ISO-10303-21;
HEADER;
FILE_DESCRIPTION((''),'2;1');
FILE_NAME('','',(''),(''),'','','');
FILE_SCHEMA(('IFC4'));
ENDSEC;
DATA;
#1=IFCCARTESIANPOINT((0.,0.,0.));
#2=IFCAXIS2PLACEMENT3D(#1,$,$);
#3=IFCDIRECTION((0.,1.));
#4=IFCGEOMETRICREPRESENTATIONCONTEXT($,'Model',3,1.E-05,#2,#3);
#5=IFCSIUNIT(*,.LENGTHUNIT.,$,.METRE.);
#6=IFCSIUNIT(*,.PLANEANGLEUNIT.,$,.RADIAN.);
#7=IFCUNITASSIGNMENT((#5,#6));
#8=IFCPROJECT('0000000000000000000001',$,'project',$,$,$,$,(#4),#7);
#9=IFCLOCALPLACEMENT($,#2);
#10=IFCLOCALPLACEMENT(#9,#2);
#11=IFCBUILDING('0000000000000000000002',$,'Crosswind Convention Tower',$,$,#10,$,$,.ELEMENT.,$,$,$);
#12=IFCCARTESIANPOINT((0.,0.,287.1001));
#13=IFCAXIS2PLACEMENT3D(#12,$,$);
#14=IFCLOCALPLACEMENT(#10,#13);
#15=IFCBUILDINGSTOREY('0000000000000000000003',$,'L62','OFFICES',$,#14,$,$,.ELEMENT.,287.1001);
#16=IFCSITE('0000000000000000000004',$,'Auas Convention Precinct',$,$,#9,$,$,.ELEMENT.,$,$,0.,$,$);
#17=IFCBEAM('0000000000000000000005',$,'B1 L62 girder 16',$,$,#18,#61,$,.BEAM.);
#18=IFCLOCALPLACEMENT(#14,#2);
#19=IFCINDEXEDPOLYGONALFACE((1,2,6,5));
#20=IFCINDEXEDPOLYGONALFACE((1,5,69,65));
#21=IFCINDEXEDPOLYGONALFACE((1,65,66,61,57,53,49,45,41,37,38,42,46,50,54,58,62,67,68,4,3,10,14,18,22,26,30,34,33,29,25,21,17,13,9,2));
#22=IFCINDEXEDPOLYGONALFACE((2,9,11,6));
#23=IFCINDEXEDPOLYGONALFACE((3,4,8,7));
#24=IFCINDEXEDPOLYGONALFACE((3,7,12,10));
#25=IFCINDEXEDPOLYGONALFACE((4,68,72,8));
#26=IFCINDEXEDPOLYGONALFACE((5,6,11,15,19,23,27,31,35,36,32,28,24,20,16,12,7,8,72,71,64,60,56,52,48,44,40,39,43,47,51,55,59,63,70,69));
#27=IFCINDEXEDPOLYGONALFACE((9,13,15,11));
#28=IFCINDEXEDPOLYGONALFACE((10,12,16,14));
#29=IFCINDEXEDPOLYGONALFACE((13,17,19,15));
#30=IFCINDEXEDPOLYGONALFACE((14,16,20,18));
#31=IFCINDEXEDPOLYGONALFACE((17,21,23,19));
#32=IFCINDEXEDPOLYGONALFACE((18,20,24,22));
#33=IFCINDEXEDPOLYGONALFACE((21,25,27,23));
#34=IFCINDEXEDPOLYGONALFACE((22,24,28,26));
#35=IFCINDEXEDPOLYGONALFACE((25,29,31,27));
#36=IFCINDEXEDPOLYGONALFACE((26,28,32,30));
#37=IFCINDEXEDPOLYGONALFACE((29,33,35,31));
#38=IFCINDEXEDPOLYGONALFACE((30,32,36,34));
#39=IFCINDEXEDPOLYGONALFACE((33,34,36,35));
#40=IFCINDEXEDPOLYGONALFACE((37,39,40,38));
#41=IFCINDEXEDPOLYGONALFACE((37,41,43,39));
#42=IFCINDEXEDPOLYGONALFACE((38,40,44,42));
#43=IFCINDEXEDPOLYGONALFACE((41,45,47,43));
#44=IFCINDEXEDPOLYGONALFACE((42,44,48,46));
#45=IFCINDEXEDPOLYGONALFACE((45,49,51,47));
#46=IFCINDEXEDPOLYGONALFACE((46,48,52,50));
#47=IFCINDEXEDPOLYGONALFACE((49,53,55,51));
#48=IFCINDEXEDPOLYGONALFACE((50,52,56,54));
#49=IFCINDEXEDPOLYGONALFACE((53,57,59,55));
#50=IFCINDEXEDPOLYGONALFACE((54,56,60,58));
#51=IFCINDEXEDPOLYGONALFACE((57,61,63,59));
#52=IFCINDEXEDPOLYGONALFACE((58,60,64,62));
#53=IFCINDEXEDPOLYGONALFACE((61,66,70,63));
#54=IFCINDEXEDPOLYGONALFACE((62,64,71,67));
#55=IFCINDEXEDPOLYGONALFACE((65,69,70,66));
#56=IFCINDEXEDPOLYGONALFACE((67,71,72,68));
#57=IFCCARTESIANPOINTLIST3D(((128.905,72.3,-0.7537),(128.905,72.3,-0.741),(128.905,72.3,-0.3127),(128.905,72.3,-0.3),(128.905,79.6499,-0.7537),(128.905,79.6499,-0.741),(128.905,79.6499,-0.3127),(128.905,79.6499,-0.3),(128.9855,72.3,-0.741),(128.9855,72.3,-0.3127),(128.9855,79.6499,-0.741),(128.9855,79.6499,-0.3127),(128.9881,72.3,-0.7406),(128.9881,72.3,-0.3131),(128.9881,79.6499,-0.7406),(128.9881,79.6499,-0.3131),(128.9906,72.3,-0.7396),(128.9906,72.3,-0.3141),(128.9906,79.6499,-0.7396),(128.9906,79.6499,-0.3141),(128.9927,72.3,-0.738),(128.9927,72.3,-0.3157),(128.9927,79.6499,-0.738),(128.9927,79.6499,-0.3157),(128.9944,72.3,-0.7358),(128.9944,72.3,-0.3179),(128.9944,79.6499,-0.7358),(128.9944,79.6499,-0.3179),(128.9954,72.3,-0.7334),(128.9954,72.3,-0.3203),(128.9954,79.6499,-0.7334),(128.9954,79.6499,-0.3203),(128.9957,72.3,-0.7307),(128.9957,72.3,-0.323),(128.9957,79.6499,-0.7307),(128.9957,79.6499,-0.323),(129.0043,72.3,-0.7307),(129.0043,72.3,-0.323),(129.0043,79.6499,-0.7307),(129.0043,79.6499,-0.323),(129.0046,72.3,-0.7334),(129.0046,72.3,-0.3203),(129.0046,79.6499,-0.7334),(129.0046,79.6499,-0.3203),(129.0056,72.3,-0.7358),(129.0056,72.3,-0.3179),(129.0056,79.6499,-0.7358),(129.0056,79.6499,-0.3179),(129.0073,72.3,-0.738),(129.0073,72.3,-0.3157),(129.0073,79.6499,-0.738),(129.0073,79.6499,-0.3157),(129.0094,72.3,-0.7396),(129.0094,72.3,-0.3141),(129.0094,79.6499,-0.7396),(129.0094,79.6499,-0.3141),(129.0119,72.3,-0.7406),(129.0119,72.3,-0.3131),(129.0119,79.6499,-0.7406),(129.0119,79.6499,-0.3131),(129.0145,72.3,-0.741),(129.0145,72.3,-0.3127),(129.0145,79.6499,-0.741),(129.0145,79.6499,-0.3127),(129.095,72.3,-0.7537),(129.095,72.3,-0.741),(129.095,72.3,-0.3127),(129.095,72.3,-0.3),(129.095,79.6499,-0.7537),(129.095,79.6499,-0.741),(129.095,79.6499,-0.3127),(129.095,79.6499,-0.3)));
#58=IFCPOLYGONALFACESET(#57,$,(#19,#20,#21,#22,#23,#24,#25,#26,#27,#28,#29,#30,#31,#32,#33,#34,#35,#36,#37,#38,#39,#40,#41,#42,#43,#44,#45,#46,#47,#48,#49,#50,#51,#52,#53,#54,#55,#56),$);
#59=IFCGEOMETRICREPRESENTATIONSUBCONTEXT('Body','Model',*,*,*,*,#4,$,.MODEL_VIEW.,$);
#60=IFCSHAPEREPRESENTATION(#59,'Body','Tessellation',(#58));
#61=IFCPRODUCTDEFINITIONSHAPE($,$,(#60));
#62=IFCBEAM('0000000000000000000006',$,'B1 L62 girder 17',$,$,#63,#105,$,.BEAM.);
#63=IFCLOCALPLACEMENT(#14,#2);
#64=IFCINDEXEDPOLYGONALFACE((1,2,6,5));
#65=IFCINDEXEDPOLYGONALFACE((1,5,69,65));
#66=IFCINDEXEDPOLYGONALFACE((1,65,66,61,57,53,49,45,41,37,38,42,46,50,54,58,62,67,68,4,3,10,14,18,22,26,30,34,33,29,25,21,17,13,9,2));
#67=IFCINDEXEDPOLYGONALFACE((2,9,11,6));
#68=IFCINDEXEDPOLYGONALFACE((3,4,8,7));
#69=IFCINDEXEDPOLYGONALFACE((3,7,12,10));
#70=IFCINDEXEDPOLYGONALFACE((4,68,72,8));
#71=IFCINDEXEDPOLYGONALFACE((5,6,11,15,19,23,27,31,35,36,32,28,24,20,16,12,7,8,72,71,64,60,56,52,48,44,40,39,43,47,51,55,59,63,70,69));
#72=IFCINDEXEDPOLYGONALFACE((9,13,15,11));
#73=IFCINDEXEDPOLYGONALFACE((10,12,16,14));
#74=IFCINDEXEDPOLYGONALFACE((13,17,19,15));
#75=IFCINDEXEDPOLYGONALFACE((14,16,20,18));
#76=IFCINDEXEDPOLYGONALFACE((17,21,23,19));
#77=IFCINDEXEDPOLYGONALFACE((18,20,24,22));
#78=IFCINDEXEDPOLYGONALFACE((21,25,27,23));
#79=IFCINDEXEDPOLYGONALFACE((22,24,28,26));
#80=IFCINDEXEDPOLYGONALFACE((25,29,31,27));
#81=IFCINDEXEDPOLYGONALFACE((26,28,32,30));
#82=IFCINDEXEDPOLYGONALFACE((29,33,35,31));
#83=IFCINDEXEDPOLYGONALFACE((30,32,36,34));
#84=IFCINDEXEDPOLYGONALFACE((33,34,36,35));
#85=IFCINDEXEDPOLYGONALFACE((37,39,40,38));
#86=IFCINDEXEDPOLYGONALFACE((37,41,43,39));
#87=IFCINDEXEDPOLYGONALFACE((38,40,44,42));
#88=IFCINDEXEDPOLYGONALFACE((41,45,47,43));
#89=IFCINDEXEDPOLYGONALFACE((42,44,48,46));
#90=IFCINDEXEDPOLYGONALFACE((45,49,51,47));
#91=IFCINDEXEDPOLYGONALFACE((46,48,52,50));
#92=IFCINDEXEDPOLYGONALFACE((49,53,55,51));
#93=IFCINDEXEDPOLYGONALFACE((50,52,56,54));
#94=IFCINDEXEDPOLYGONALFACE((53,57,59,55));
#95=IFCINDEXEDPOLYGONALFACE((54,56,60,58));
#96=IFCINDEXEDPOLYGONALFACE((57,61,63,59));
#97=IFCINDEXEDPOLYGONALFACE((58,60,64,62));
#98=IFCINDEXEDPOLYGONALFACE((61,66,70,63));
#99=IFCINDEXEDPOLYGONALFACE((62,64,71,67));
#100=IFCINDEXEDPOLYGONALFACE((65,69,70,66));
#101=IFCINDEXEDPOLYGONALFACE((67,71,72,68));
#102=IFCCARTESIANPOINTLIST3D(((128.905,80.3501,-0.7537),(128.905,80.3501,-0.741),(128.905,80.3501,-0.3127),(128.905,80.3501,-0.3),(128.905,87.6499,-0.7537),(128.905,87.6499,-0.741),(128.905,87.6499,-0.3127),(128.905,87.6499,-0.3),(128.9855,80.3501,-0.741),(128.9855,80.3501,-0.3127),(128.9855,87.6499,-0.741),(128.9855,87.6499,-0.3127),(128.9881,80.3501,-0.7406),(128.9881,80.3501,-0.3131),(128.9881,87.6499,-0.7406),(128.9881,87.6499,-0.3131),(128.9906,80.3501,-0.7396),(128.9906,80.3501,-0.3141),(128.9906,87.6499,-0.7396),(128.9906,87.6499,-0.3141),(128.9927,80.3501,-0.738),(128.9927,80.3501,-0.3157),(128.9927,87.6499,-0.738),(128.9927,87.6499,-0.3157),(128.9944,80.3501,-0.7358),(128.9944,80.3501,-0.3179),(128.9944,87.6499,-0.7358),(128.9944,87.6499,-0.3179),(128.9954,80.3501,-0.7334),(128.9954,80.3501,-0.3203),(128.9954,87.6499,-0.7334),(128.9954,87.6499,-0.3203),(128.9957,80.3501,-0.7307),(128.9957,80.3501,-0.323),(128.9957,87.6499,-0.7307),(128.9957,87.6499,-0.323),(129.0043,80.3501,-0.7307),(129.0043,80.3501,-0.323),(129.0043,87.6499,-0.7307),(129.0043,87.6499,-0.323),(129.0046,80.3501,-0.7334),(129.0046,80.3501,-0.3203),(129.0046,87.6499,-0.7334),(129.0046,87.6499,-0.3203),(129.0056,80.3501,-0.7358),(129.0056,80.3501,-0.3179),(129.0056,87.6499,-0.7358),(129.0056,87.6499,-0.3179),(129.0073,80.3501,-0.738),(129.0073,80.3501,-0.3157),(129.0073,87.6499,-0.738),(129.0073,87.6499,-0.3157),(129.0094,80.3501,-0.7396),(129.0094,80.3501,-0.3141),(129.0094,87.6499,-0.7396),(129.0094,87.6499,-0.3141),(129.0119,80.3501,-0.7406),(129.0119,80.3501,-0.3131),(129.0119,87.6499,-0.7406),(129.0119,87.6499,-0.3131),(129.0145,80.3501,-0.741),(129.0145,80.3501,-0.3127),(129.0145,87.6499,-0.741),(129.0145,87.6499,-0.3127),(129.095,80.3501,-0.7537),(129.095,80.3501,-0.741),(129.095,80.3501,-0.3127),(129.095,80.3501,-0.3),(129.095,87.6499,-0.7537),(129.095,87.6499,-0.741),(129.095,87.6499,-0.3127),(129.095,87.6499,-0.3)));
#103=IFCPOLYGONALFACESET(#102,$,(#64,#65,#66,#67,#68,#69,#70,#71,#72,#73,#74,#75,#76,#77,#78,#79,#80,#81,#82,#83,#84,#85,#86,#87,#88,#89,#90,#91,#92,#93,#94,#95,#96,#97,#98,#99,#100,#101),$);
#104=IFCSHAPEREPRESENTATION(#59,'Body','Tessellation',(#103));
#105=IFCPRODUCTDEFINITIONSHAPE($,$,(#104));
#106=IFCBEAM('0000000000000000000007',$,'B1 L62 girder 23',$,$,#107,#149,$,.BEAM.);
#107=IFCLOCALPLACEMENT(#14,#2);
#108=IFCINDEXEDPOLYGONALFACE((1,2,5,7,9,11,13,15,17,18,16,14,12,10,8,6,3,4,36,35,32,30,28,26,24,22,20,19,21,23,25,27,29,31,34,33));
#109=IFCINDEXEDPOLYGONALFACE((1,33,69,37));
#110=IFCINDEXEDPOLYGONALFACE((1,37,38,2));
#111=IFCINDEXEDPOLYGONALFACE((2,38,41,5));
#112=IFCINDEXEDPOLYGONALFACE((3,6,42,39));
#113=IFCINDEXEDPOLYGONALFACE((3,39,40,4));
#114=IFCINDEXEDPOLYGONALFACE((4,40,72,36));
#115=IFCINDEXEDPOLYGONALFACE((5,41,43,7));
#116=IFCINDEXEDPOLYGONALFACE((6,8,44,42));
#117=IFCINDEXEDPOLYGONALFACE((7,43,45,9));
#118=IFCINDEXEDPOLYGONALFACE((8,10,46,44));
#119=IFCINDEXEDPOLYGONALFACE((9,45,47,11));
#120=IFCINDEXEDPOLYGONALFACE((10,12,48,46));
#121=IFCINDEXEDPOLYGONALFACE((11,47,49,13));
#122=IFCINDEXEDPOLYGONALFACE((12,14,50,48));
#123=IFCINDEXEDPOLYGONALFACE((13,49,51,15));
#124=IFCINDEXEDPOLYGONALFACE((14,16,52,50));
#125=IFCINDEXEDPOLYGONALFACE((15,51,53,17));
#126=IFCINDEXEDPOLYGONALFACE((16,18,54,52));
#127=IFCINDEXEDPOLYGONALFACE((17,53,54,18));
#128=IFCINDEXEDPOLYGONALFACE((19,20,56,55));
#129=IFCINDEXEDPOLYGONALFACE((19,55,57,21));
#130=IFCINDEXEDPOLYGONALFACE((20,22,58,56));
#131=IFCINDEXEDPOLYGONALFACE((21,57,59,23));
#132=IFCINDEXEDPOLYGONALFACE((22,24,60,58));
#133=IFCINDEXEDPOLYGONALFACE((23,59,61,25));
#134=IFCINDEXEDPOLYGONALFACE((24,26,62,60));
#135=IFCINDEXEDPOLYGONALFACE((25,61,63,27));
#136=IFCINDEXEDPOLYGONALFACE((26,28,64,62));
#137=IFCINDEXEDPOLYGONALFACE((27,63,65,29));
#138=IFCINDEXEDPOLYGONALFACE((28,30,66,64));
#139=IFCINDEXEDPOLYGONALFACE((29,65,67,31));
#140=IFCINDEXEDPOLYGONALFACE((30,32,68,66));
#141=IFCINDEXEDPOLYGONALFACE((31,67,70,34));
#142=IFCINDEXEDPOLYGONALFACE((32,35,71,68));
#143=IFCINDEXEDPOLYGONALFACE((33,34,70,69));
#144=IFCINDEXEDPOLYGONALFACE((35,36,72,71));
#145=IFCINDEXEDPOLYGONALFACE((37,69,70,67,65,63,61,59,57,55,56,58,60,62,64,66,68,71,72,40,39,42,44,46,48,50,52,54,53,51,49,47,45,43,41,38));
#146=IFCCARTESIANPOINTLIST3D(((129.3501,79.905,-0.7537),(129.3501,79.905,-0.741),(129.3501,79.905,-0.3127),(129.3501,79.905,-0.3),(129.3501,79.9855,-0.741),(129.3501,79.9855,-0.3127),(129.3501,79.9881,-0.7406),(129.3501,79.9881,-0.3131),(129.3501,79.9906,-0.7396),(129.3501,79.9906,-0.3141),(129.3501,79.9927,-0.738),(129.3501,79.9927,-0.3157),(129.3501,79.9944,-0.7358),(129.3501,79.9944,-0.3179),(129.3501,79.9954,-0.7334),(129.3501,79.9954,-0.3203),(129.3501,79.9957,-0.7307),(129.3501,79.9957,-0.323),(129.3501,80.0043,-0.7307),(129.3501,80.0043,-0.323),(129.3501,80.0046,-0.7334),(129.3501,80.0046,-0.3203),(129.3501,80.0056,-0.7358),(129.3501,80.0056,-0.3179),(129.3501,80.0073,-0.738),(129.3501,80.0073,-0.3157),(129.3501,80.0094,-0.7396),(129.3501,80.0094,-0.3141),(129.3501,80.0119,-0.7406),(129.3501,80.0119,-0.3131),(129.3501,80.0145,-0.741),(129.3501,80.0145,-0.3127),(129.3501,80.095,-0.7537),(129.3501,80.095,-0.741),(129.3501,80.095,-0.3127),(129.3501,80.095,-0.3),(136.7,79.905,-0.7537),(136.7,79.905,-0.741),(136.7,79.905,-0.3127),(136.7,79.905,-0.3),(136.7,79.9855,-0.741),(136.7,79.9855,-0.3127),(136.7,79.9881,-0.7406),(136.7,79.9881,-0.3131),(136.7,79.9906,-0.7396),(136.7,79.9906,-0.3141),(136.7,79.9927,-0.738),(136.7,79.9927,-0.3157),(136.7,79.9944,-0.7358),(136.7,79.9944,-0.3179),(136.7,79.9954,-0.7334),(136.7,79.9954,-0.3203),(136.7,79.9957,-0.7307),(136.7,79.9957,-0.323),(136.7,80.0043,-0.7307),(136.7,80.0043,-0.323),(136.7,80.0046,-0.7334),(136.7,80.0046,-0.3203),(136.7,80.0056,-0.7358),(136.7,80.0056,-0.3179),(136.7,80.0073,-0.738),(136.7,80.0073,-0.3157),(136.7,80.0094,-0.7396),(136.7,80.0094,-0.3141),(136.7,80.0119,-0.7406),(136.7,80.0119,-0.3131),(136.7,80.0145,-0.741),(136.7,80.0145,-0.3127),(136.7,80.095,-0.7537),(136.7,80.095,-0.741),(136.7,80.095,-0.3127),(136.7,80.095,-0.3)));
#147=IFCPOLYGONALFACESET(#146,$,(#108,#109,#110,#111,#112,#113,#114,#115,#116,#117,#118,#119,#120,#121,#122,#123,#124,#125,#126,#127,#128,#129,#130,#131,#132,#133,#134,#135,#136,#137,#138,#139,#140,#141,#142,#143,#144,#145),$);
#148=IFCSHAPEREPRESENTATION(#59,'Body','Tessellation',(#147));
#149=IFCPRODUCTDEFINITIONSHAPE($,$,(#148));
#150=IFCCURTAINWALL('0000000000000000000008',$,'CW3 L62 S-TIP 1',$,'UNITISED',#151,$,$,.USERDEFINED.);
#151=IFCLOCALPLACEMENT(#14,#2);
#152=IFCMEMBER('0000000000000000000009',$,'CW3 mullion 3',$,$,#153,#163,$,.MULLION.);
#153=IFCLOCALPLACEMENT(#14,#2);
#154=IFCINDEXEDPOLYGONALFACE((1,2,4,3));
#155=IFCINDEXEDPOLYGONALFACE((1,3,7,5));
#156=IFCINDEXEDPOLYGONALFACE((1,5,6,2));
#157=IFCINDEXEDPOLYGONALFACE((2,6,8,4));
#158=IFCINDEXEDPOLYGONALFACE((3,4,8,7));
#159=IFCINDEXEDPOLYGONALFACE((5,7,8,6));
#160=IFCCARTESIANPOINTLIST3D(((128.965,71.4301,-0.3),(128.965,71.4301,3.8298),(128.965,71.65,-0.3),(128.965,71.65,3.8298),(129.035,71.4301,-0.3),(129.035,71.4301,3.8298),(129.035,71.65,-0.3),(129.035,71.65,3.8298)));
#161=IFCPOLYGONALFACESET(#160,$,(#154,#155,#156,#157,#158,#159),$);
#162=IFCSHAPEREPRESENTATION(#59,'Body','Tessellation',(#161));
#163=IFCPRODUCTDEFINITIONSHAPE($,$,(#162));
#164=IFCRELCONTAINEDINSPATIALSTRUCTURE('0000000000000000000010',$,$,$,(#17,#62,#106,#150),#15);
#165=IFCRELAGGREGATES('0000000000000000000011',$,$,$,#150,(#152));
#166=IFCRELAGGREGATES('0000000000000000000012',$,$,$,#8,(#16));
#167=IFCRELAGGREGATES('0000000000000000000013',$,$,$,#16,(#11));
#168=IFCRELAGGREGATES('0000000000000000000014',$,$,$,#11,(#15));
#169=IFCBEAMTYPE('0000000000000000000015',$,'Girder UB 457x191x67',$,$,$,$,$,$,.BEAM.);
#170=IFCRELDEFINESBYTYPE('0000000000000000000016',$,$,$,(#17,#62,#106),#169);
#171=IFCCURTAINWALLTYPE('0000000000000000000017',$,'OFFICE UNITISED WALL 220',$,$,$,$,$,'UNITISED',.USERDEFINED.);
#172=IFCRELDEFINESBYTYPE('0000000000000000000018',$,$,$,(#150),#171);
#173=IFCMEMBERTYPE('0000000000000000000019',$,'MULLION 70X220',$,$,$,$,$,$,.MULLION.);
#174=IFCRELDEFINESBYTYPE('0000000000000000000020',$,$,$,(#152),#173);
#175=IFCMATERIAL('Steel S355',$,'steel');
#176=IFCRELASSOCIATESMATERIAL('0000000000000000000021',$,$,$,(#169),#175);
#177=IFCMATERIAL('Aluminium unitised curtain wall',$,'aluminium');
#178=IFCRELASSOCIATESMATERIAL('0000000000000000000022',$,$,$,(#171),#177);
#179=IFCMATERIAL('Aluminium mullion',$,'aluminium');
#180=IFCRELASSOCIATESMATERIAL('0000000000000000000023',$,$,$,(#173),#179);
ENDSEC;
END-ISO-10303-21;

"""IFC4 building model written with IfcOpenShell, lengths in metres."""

from ifc_helpers import new_model, si_unit, direction, frame, origin, origin_2d, place, context, subcontext, project, spatial, rectangle, i_section, extrude, material, material_profile, profile_set, type_object, element, aggregate, save


model = new_model("IFC4")

# Units and contexts
model_context = context("Model", 3, precision=1e-05, world=origin(), true_north=direction((0.0, 1.0)))
body_context = subcontext(model_context, "Body", "Model", "MODEL_VIEW")
ifc_project = project(units=[si_unit("LENGTHUNIT", "METRE"), si_unit("PLANEANGLEUNIT", "RADIAN")], contexts=[model_context])

# Site, building, storey
site_placement = place(None, origin())
site = spatial("IfcSite", under=ifc_project, at=site_placement, Name="Auas Convention Precinct", CompositionType="ELEMENT", RefElevation=0.0)
building_placement = place(site_placement, origin())
building = spatial("IfcBuilding", under=site, at=building_placement, Name="Crosswind Convention Tower", CompositionType="ELEMENT")
storey_placement = place(building_placement, frame((0.0, 0.0, 287.1001)))
storey = spatial("IfcBuildingStorey", under=building, at=storey_placement, Name="L62", Description="OFFICES", CompositionType="ELEMENT", Elevation=287.1001)

# Beams
ifc_material_1 = material(Name="Steel S355", Category="steel")
ifc_material_profile_1 = material_profile(ifc_material_1, i_section(OverallWidth=0.1899, OverallDepth=0.4536, WebThickness=0.0085, FlangeThickness=0.0127, FilletRadius=0.0103, at=origin_2d()), Name="UB 457x191x67")
ifc_profile_set_1 = profile_set([ifc_material_profile_1], Name="Steel S355")
beam_type_1 = type_object("IfcBeamType", Name="Girder UB 457x191x67", PredefinedType="BEAM", material=ifc_profile_set_1)
beam_1_placement = place(storey_placement, frame((129.0, 72.3, -0.5269), z_axis=(0.0, 1.0, 0.0), x_axis=(-1.0, 0.0, 0.0)))
element("IfcBeam", 1, at=beam_1_placement, inside=storey, type_object=beam_type_1, Name="B1 L62 girder 16", PredefinedType="BEAM", context=body_context, shape_type="SweptSolid", body=[
    extrude(i_section(OverallWidth=0.1899, OverallDepth=0.4536, WebThickness=0.0085, FlangeThickness=0.0127, FilletRadius=0.0103, at=origin_2d()), origin(), (0.0, 0.0, 1.0), 7.3499),
])
beam_2_placement = place(storey_placement, frame((129.0, 80.3501, -0.5269), z_axis=(0.0, 1.0, 0.0), x_axis=(-1.0, 0.0, 0.0)))
element("IfcBeam", 2, at=beam_2_placement, inside=storey, type_object=beam_type_1, Name="B1 L62 girder 17", PredefinedType="BEAM", context=body_context, shape_type="SweptSolid", body=[
    extrude(i_section(OverallWidth=0.1899, OverallDepth=0.4536, WebThickness=0.0085, FlangeThickness=0.0127, FilletRadius=0.0103, at=origin_2d()), origin(), (0.0, 0.0, 1.0), 7.2998),
])
beam_3_placement = place(storey_placement, frame((129.3501, 80.0, -0.5269), z_axis=(1.0, 0.0, 0.0), x_axis=(0.0, 1.0, 0.0)))
element("IfcBeam", 3, at=beam_3_placement, inside=storey, type_object=beam_type_1, Name="B1 L62 girder 23", PredefinedType="BEAM", context=body_context, shape_type="SweptSolid", body=[
    extrude(i_section(OverallWidth=0.1899, OverallDepth=0.4536, WebThickness=0.0085, FlangeThickness=0.0127, FilletRadius=0.0103, at=origin_2d()), origin(), (0.0, 0.0, 1.0), 7.3499),
])

# Curtain wall, member
ifc_material_2 = material(Name="Aluminium unitised curtain wall", Category="aluminium")
curtain_wall_type = type_object("IfcCurtainWallType", Name="OFFICE UNITISED WALL 220", ElementType="UNITISED", PredefinedType="USERDEFINED", material=ifc_material_2)
curtain_wall_placement = place(storey_placement, origin())
curtain_wall = element("IfcCurtainWall", 4, at=curtain_wall_placement, inside=storey, type_object=curtain_wall_type, Name="CW3 L62 S-TIP 1", ObjectType="UNITISED", PredefinedType="USERDEFINED")
ifc_material_3 = material(Name="Aluminium mullion", Category="aluminium")
ifc_material_profile_2 = material_profile(ifc_material_3, rectangle(XDim=0.22, YDim=0.0701, at=origin_2d()), Name="AL 220X70")
ifc_profile_set_2 = profile_set([ifc_material_profile_2], Name="Aluminium mullion")
member_type = type_object("IfcMemberType", Name="MULLION 70X220", PredefinedType="MULLION", material=ifc_profile_set_2)
member_placement = place(storey_placement, frame((129.0, 71.54, -0.3), z_axis=(0.0, 0.0, 1.0), x_axis=(0.0, -1.0, 0.0)))
member = element("IfcMember", 5, at=member_placement, type_object=member_type, Name="CW3 mullion 3", PredefinedType="MULLION", context=body_context, shape_type="SweptSolid", body=[
    extrude(rectangle(XDim=0.22, YDim=0.0701, at=origin_2d()), origin(), (0.0, 0.0, 1.0), 4.1299),
])

aggregate(curtain_wall, [member])

save(model, "model.ifc")
